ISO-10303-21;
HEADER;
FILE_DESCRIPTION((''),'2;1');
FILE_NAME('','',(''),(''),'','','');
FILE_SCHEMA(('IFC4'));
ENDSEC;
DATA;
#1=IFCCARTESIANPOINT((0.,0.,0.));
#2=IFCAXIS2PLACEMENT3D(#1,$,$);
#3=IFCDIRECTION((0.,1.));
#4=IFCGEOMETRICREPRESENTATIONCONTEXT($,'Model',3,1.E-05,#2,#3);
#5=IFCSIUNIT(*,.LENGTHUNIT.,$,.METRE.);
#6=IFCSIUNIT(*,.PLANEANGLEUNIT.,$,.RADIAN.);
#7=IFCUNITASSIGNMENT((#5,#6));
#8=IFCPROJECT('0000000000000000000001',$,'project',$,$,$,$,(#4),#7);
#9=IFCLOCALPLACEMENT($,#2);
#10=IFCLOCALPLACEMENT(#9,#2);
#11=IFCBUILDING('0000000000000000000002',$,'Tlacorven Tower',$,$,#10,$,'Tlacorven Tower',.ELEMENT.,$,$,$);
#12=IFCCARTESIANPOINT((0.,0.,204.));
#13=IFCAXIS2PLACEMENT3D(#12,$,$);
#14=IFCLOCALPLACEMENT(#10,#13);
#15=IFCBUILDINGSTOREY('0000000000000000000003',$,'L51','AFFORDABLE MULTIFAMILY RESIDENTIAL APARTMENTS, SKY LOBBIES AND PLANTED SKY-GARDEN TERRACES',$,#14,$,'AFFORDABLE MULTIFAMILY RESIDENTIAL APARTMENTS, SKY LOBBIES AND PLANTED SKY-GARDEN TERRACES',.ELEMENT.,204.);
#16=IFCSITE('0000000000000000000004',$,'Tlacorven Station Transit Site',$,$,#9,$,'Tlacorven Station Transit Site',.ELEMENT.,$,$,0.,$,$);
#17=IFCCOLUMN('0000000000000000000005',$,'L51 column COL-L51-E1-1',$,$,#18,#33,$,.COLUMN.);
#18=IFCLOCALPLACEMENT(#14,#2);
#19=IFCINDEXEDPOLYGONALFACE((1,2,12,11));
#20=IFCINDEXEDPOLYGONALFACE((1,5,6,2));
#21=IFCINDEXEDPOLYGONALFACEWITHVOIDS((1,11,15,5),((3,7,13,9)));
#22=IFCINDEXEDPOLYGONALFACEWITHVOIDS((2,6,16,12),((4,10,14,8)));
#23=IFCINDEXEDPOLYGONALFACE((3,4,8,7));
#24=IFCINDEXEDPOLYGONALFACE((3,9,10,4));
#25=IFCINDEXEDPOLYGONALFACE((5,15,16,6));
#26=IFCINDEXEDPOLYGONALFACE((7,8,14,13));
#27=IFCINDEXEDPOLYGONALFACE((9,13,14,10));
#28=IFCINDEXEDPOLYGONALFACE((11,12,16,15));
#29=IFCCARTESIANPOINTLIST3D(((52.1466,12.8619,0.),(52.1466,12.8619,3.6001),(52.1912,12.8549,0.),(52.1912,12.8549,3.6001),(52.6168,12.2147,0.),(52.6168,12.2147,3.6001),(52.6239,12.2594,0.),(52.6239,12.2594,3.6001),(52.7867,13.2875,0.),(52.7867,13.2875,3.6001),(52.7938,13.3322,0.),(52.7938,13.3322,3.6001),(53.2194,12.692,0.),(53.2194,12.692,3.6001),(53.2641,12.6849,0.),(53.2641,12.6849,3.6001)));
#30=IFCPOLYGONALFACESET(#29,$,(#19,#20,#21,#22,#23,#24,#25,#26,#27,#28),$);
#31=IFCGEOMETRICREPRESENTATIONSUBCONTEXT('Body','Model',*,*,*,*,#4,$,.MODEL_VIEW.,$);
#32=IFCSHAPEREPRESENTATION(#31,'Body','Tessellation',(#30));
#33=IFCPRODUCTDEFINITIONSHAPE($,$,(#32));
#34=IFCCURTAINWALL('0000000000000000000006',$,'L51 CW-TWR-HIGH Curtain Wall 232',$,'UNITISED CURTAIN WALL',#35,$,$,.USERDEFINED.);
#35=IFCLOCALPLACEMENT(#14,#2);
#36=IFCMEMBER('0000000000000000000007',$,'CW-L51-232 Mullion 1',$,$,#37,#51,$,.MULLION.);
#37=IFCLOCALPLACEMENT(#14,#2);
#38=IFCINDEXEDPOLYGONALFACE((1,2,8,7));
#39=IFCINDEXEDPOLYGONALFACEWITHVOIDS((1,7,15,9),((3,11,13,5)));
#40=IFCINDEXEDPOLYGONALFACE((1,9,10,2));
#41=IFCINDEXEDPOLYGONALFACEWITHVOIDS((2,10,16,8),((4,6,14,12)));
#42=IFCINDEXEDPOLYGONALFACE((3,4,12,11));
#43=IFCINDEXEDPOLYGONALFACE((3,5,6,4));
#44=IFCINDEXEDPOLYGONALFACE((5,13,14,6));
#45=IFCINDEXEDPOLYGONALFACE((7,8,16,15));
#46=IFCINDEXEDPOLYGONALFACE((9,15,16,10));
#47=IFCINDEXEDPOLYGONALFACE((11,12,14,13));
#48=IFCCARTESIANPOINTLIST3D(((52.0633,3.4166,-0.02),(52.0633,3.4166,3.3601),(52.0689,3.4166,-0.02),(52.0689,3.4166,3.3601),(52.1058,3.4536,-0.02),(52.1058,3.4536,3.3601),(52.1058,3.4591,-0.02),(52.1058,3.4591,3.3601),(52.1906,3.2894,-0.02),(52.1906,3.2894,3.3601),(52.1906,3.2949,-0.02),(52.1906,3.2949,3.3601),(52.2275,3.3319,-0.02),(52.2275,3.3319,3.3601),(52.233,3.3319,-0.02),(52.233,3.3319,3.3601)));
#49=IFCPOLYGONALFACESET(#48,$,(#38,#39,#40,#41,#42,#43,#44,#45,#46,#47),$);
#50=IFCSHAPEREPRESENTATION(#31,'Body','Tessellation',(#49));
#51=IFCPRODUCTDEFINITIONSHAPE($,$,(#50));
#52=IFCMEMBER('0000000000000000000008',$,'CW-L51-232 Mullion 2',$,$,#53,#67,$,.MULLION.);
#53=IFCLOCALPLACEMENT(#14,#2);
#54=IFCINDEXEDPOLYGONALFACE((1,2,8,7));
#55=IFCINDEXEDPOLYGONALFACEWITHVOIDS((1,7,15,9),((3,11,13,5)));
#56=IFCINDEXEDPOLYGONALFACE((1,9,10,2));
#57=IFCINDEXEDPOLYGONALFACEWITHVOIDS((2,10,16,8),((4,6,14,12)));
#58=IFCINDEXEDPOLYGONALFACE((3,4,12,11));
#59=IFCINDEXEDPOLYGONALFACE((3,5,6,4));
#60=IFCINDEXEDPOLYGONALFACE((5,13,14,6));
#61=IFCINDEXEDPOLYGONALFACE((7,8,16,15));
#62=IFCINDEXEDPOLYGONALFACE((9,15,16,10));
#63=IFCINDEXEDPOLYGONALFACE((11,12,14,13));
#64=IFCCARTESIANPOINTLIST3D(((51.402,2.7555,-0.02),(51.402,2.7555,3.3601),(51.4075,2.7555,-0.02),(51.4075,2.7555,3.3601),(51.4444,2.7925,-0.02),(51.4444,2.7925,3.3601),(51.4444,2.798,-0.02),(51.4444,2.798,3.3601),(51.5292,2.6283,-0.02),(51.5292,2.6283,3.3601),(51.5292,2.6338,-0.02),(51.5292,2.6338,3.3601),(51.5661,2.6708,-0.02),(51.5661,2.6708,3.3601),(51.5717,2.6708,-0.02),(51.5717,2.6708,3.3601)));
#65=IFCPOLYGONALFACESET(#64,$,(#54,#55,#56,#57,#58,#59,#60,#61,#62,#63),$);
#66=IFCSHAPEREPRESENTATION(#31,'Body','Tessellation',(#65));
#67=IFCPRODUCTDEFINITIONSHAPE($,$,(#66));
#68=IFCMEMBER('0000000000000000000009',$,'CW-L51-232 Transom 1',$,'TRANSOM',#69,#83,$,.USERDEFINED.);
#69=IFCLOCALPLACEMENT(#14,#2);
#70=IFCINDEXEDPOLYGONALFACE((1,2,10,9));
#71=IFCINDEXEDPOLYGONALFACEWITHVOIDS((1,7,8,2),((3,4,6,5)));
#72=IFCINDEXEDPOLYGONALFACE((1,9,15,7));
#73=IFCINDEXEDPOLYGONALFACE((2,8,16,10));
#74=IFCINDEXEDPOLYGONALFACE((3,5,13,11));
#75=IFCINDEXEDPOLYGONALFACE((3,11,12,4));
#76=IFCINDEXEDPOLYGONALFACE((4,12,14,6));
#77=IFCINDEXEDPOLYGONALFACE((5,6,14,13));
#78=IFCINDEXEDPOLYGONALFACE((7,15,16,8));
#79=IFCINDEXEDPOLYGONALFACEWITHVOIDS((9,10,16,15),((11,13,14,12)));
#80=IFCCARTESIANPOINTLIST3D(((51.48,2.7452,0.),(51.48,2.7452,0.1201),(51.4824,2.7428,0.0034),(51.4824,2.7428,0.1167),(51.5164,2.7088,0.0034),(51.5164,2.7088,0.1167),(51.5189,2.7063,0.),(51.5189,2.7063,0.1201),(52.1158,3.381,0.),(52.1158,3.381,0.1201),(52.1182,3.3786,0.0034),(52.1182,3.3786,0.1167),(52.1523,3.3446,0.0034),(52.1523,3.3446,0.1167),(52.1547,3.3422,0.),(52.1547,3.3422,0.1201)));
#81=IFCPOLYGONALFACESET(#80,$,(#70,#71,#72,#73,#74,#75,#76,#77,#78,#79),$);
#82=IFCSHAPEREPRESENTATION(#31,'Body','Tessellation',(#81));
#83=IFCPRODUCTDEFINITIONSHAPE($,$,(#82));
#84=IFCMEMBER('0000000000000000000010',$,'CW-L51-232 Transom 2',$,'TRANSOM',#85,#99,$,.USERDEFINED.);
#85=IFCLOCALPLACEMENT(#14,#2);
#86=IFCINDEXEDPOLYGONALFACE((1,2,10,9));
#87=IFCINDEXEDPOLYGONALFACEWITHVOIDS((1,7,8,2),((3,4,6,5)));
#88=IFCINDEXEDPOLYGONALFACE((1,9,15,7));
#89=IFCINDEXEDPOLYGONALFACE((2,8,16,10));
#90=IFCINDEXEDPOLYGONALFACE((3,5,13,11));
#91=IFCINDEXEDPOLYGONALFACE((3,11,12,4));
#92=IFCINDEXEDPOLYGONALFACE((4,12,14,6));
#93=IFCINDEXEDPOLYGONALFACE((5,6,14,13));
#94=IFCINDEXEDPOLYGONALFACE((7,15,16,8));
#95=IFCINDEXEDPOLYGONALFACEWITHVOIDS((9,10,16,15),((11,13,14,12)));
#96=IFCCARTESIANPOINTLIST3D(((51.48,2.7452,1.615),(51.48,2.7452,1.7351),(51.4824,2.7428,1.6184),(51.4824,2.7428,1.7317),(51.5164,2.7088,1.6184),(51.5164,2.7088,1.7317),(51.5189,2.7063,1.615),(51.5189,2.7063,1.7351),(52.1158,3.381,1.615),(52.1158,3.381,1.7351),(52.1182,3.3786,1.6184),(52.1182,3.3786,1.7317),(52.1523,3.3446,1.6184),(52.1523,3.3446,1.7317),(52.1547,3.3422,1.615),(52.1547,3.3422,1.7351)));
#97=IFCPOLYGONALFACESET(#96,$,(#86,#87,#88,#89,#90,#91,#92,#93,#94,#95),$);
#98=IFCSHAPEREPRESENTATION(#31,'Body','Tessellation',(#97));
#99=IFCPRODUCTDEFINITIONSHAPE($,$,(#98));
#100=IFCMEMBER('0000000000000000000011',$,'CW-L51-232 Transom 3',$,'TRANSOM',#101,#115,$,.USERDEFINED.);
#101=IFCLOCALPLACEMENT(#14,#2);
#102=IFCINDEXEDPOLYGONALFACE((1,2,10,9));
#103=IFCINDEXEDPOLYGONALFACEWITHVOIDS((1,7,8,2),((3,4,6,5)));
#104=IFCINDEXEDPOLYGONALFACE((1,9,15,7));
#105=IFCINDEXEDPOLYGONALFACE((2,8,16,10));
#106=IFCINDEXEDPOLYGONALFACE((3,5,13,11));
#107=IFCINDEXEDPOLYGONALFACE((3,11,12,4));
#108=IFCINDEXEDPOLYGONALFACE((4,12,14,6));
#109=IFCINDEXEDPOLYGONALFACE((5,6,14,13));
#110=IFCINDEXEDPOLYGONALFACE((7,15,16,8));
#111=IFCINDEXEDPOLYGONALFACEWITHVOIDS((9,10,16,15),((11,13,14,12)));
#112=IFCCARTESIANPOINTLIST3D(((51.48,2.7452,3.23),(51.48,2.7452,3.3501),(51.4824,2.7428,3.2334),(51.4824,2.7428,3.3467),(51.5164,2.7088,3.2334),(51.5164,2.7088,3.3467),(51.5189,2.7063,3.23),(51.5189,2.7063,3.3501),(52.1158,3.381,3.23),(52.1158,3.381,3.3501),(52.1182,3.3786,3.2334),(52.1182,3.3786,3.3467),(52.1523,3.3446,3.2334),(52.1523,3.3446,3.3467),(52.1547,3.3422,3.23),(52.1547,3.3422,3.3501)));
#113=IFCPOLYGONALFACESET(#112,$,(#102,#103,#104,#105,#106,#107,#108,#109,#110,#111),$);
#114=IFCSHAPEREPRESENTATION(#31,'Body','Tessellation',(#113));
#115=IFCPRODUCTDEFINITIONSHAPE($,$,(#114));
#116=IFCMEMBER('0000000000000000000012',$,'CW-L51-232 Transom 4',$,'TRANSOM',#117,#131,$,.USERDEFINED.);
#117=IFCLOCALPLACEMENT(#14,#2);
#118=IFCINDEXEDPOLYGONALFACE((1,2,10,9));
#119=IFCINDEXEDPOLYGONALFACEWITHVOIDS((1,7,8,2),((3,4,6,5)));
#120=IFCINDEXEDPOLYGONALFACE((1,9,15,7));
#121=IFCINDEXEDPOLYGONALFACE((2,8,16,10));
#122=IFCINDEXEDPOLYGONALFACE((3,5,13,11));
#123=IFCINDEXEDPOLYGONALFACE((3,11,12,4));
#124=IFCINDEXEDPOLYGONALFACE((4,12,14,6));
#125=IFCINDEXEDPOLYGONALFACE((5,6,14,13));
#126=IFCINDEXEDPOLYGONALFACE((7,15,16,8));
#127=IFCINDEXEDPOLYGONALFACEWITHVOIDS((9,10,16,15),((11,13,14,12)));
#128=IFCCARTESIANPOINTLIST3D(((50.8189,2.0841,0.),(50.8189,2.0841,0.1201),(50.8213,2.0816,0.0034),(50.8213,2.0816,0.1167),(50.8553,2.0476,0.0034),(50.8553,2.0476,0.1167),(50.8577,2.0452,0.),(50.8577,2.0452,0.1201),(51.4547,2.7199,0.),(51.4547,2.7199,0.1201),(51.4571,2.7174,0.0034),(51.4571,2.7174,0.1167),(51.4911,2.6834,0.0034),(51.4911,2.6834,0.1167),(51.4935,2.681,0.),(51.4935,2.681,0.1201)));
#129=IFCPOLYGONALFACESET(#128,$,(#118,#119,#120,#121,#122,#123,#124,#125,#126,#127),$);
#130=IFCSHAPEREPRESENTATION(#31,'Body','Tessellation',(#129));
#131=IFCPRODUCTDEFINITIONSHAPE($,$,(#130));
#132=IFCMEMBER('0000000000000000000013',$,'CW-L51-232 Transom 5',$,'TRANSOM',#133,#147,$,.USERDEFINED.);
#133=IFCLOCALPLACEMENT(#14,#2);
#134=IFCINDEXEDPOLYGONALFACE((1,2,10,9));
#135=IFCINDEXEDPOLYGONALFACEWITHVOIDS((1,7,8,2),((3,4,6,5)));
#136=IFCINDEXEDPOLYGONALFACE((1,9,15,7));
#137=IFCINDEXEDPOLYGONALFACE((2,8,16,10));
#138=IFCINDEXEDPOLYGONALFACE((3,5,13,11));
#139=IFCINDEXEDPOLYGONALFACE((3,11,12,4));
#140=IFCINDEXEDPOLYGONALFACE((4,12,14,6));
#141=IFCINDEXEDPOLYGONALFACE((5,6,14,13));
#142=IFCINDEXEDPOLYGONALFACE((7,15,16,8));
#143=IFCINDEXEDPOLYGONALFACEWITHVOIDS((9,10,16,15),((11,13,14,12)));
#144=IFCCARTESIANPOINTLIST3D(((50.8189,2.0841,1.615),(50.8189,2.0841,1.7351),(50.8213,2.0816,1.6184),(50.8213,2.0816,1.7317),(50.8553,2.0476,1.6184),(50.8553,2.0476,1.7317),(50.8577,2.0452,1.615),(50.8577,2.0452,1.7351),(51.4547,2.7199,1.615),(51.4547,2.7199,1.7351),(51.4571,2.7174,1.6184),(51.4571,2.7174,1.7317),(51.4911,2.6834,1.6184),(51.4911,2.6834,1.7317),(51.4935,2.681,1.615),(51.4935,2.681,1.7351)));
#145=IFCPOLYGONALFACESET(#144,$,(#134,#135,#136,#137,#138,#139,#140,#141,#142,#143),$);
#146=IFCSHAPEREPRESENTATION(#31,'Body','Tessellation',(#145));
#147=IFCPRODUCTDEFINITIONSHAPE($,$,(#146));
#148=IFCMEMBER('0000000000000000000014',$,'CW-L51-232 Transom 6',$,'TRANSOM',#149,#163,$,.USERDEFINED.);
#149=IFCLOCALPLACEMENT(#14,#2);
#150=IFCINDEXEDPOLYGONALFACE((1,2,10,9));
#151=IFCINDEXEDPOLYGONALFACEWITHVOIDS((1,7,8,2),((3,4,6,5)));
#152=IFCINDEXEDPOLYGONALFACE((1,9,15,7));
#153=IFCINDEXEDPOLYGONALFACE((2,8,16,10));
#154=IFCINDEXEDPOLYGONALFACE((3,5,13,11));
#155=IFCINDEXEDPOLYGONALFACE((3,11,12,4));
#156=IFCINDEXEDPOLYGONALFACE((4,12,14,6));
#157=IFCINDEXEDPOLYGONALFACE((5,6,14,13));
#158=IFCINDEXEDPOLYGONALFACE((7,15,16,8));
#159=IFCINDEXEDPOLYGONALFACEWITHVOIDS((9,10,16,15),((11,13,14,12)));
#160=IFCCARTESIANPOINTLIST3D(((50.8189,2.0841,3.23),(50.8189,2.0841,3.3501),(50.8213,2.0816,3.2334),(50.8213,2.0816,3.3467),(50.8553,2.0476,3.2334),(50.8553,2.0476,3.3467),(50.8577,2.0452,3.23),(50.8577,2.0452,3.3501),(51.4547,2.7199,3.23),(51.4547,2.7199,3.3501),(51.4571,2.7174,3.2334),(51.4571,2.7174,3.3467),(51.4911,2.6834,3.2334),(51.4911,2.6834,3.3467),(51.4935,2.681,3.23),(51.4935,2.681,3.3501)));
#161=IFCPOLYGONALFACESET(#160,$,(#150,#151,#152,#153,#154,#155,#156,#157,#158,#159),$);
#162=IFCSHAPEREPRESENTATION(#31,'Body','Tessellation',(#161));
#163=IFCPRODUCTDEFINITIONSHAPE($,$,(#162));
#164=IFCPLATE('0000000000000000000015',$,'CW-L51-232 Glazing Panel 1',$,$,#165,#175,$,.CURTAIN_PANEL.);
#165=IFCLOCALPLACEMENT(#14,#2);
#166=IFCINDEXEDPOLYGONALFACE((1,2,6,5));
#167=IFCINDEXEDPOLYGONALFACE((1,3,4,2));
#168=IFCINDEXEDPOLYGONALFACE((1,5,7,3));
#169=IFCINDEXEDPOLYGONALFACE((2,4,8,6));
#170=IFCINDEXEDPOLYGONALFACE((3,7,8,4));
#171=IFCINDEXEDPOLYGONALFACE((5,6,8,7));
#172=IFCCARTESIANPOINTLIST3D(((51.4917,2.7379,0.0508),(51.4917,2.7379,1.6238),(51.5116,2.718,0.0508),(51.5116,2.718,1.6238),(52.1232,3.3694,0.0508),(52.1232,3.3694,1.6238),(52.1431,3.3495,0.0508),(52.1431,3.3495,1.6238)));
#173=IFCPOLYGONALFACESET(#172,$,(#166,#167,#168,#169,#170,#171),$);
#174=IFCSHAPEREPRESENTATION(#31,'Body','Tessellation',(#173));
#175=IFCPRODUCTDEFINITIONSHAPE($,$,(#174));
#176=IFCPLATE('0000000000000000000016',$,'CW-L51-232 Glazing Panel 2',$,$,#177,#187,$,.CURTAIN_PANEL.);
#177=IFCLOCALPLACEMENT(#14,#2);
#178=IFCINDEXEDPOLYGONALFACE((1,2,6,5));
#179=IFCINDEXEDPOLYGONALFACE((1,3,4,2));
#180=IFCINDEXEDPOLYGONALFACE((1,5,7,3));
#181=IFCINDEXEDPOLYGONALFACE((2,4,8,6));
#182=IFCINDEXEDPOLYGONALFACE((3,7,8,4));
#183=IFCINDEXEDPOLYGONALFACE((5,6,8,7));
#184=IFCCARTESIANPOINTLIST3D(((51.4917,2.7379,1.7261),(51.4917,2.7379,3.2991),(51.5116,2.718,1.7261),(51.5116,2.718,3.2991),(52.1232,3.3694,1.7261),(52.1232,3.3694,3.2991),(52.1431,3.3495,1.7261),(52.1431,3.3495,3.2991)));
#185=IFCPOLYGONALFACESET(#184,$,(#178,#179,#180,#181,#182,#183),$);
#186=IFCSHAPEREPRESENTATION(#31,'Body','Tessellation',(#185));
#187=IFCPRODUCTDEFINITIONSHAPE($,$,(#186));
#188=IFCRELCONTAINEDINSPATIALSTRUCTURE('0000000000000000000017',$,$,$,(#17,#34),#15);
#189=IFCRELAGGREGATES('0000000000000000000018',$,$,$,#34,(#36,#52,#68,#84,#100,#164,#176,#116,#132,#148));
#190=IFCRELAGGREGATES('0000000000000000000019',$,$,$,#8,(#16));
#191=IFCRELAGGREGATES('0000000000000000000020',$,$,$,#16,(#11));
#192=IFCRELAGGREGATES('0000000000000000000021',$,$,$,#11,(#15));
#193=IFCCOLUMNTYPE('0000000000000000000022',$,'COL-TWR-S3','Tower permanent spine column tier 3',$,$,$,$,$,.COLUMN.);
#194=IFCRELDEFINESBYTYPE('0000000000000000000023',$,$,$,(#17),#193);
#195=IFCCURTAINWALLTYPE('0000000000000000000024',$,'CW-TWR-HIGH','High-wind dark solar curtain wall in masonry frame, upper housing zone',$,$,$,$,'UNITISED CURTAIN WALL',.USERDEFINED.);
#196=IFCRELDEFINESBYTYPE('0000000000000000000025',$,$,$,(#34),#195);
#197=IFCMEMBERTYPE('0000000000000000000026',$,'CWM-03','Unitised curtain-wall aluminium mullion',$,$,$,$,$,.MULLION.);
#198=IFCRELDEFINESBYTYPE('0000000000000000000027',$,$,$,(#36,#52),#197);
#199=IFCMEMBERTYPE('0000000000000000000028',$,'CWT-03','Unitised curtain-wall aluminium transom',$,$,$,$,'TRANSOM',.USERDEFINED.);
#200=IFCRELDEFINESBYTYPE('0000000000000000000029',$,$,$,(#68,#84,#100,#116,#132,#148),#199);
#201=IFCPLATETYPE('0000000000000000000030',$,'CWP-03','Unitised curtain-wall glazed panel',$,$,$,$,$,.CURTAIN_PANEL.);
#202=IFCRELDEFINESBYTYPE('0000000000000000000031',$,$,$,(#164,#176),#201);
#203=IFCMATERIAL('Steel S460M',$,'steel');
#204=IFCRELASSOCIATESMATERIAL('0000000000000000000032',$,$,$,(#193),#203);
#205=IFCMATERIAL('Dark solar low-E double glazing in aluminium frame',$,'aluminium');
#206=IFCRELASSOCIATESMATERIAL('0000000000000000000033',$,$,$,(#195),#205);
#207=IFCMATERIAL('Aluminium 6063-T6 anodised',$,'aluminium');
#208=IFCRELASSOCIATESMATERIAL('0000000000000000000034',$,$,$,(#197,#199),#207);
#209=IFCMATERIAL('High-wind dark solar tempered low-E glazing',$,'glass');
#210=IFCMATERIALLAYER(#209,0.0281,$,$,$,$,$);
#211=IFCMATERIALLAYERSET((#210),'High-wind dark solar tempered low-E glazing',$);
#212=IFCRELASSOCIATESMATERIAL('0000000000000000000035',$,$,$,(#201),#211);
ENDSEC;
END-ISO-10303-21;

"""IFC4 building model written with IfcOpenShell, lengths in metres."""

from ifc_helpers import new_model, si_unit, direction, frame, origin, origin_2d, place, context, subcontext, project, spatial, rectangle, hollow_rectangle, extrude, source, transform, mapped, material, layer, layer_set, material_profile, profile_set, type_object, element, aggregate, save


model = new_model("IFC4")

# Units and contexts
model_context = context("Model", 3, precision=1e-05, world=origin(), true_north=direction((0.0, 1.0)))
body_context = subcontext(model_context, "Body", "Model", "MODEL_VIEW")
ifc_project = project(units=[si_unit("LENGTHUNIT", "METRE"), si_unit("PLANEANGLEUNIT", "RADIAN")], contexts=[model_context])

# Site, building, storey
site_placement = place(None, origin())
site = spatial("IfcSite", under=ifc_project, at=site_placement, Name="Tlacorven Station Transit Site", LongName="Tlacorven Station Transit Site", CompositionType="ELEMENT", RefElevation=0.0)
building_placement = place(site_placement, origin())
building = spatial("IfcBuilding", under=site, at=building_placement, Name="Tlacorven Tower", LongName="Tlacorven Tower", CompositionType="ELEMENT")
storey_placement = place(building_placement, frame((0.0, 0.0, 204.0)))
storey = spatial("IfcBuildingStorey", under=building, at=storey_placement, Name="L51", Description="AFFORDABLE MULTIFAMILY RESIDENTIAL APARTMENTS, SKY LOBBIES AND PLANTED SKY-GARDEN TERRACES", LongName="AFFORDABLE MULTIFAMILY RESIDENTIAL APARTMENTS, SKY LOBBIES AND PLANTED SKY-GARDEN TERRACES", CompositionType="ELEMENT", Elevation=204.0)

# Column
ifc_material_1 = material(Name="Steel S460M", Category="steel")
ifc_material_profile_1 = material_profile(ifc_material_1, hollow_rectangle(XDim=0.8, YDim=0.8, WallThickness=0.032, at=origin_2d()), Name="BOX 800X800X32")
ifc_profile_set_1 = profile_set([ifc_material_profile_1], Name="Steel S460M")
column_type = type_object("IfcColumnType", Name="COL-TWR-S3", Description="Tower permanent spine column tier 3", PredefinedType="COLUMN", material=ifc_profile_set_1)
shared_shape_1 = source(origin(), body_context, "Body", "SweptSolid", [
    extrude(hollow_rectangle(XDim=0.8, YDim=0.8, WallThickness=0.032, at=origin_2d()), origin(), (0.0, 0.0, 1.0), 3.6001),
])
column_placement = place(storey_placement, frame((52.7053, 12.7734, 0.0), z_axis=(0.0, 0.0, 1.0), x_axis=(0.809017, 0.587785, 0.0)))
element("IfcColumn", 1, at=column_placement, inside=storey, type_object=column_type, Name="L51 column COL-L51-E1-1", PredefinedType="COLUMN", context=body_context, shape_type="MappedRepresentation", body=[
    mapped(shared_shape_1, transform((0.0, 0.0, 0.0), scale=1.0)),
])

# Curtain wall, members, plates
ifc_material_2 = material(Name="Dark solar low-E double glazing in aluminium frame", Category="aluminium")
curtain_wall_type = type_object("IfcCurtainWallType", Name="CW-TWR-HIGH", Description="High-wind dark solar curtain wall in masonry frame, upper housing zone", ElementType="UNITISED CURTAIN WALL", PredefinedType="USERDEFINED", material=ifc_material_2)
curtain_wall_placement = place(storey_placement, origin())
curtain_wall = element("IfcCurtainWall", 2, at=curtain_wall_placement, inside=storey, type_object=curtain_wall_type, Name="L51 CW-TWR-HIGH Curtain Wall 232", ObjectType="UNITISED CURTAIN WALL", PredefinedType="USERDEFINED")
ifc_material_3 = material(Name="Aluminium 6063-T6 anodised", Category="aluminium")
ifc_material_profile_2 = material_profile(ifc_material_3, hollow_rectangle(XDim=0.0601, YDim=0.1799, WallThickness=0.0039, at=origin_2d()), Name="ALU MULLION 60X180")
ifc_profile_set_2 = profile_set([ifc_material_profile_2], Name="Aluminium 6063-T6 anodised")
member_type_1 = type_object("IfcMemberType", Name="CWM-03", Description="Unitised curtain-wall aluminium mullion", PredefinedType="MULLION", material=ifc_profile_set_2)
shared_shape_2 = source(origin(), body_context, "Body", "SweptSolid", [
    extrude(hollow_rectangle(XDim=0.0601, YDim=0.1799, WallThickness=0.0039, at=origin_2d()), origin(), (0.0, 0.0, 1.0), 3.3801),
])
member_1_placement = place(storey_placement, frame((52.1482, 3.3743, -0.02), z_axis=(0.0, 0.0, 1.0), x_axis=(-0.707107, -0.707107, 0.0)))
member_1 = element("IfcMember", 3, at=member_1_placement, type_object=member_type_1, Name="CW-L51-232 Mullion 1", PredefinedType="MULLION", context=body_context, shape_type="MappedRepresentation", body=[
    mapped(shared_shape_2, transform((0.0, 0.0, 0.0), scale=1.0)),
])
member_2_placement = place(storey_placement, frame((51.4868, 2.7131, -0.02), z_axis=(0.0, 0.0, 1.0), x_axis=(-0.707107, -0.707107, 0.0)))
member_2 = element("IfcMember", 4, at=member_2_placement, type_object=member_type_1, Name="CW-L51-232 Mullion 2", PredefinedType="MULLION", context=body_context, shape_type="MappedRepresentation", body=[
    mapped(shared_shape_2, transform((0.0, 0.0, 0.0), scale=1.0)),
])
ifc_material_profile_3 = material_profile(ifc_material_3, hollow_rectangle(XDim=0.0549, YDim=0.1201, WallThickness=0.0034, at=origin_2d()), Name="ALU TRANSOM 55X120")
ifc_profile_set_3 = profile_set([ifc_material_profile_3], Name="Aluminium 6063-T6 anodised")
member_type_2 = type_object("IfcMemberType", Name="CWT-03", Description="Unitised curtain-wall aluminium transom", ElementType="TRANSOM", PredefinedType="USERDEFINED", material=ifc_profile_set_3)
shared_shape_3 = source(origin(), body_context, "Body", "SweptSolid", [
    extrude(hollow_rectangle(XDim=0.0549, YDim=0.1201, WallThickness=0.0034, at=origin_2d()), origin(), (0.0, 0.0, 1.0), 0.8992),
])
member_3_placement = place(storey_placement, frame((52.1353, 3.3616, 0.0601), z_axis=(-0.707107, -0.707107, 0.0), x_axis=(0.707107, -0.707107, 0.0)))
member_3 = element("IfcMember", 5, at=member_3_placement, type_object=member_type_2, Name="CW-L51-232 Transom 1", ObjectType="TRANSOM", PredefinedType="USERDEFINED", context=body_context, shape_type="MappedRepresentation", body=[
    mapped(shared_shape_3, transform((0.0, 0.0, 0.0), scale=1.0)),
])
member_4_placement = place(storey_placement, frame((52.1353, 3.3616, 1.675), z_axis=(-0.707107, -0.707107, 0.0), x_axis=(0.707107, -0.707107, 0.0)))
member_4 = element("IfcMember", 6, at=member_4_placement, type_object=member_type_2, Name="CW-L51-232 Transom 2", ObjectType="TRANSOM", PredefinedType="USERDEFINED", context=body_context, shape_type="MappedRepresentation", body=[
    mapped(shared_shape_3, transform((0.0, 0.0, 0.0), scale=1.0)),
])
member_5_placement = place(storey_placement, frame((52.1353, 3.3616, 3.29), z_axis=(-0.707107, -0.707107, 0.0), x_axis=(0.707107, -0.707107, 0.0)))
member_5 = element("IfcMember", 7, at=member_5_placement, type_object=member_type_2, Name="CW-L51-232 Transom 3", ObjectType="TRANSOM", PredefinedType="USERDEFINED", context=body_context, shape_type="MappedRepresentation", body=[
    mapped(shared_shape_3, transform((0.0, 0.0, 0.0), scale=1.0)),
])
member_6_placement = place(storey_placement, frame((51.4741, 2.7004, 0.0601), z_axis=(-0.707107, -0.707107, 0.0), x_axis=(0.707107, -0.707107, 0.0)))
member_6 = element("IfcMember", 8, at=member_6_placement, type_object=member_type_2, Name="CW-L51-232 Transom 4", ObjectType="TRANSOM", PredefinedType="USERDEFINED", context=body_context, shape_type="MappedRepresentation", body=[
    mapped(shared_shape_3, transform((0.0, 0.0, 0.0), scale=1.0)),
])
member_7_placement = place(storey_placement, frame((51.4741, 2.7004, 1.675), z_axis=(-0.707107, -0.707107, 0.0), x_axis=(0.707107, -0.707107, 0.0)))
member_7 = element("IfcMember", 9, at=member_7_placement, type_object=member_type_2, Name="CW-L51-232 Transom 5", ObjectType="TRANSOM", PredefinedType="USERDEFINED", context=body_context, shape_type="MappedRepresentation", body=[
    mapped(shared_shape_3, transform((0.0, 0.0, 0.0), scale=1.0)),
])
member_8_placement = place(storey_placement, frame((51.4741, 2.7004, 3.29), z_axis=(-0.707107, -0.707107, 0.0), x_axis=(0.707107, -0.707107, 0.0)))
member_8 = element("IfcMember", 10, at=member_8_placement, type_object=member_type_2, Name="CW-L51-232 Transom 6", ObjectType="TRANSOM", PredefinedType="USERDEFINED", context=body_context, shape_type="MappedRepresentation", body=[
    mapped(shared_shape_3, transform((0.0, 0.0, 0.0), scale=1.0)),
])
ifc_material_4 = material(Name="High-wind dark solar tempered low-E glazing", Category="glass")
ifc_layer_1 = layer(ifc_material_4, 0.0281)
ifc_layer_set_1 = layer_set([ifc_layer_1], Name="High-wind dark solar tempered low-E glazing")
plate_type = type_object("IfcPlateType", Name="CWP-03", Description="Unitised curtain-wall glazed panel", PredefinedType="CURTAIN_PANEL", material=ifc_layer_set_1)
shared_shape_4 = source(origin(), body_context, "Body", "SweptSolid", [
    extrude(rectangle(XDim=0.8931, YDim=0.0281, at=origin_2d()), origin(), (0.0, 0.0, 1.0), 1.573),
])
plate_1_placement = place(storey_placement, frame((51.8174, 3.0437, 0.0508), z_axis=(0.0, 0.0, 1.0), x_axis=(-0.707107, -0.707107, 0.0)))
plate_1 = element("IfcPlate", 11, at=plate_1_placement, type_object=plate_type, Name="CW-L51-232 Glazing Panel 1", PredefinedType="CURTAIN_PANEL", context=body_context, shape_type="MappedRepresentation", body=[
    mapped(shared_shape_4, transform((0.0, 0.0, 0.0), scale=1.0)),
])
plate_2_placement = place(storey_placement, frame((51.8174, 3.0437, 1.7261), z_axis=(0.0, 0.0, 1.0), x_axis=(-0.707107, -0.707107, 0.0)))
plate_2 = element("IfcPlate", 12, at=plate_2_placement, type_object=plate_type, Name="CW-L51-232 Glazing Panel 2", PredefinedType="CURTAIN_PANEL", context=body_context, shape_type="MappedRepresentation", body=[
    mapped(shared_shape_4, transform((0.0, 0.0, 0.0), scale=1.0)),
])
aggregate(curtain_wall, [member_1, member_2, member_3, member_4, member_5, plate_1, plate_2, member_6, member_7, member_8])

save(model, "model.ifc")
